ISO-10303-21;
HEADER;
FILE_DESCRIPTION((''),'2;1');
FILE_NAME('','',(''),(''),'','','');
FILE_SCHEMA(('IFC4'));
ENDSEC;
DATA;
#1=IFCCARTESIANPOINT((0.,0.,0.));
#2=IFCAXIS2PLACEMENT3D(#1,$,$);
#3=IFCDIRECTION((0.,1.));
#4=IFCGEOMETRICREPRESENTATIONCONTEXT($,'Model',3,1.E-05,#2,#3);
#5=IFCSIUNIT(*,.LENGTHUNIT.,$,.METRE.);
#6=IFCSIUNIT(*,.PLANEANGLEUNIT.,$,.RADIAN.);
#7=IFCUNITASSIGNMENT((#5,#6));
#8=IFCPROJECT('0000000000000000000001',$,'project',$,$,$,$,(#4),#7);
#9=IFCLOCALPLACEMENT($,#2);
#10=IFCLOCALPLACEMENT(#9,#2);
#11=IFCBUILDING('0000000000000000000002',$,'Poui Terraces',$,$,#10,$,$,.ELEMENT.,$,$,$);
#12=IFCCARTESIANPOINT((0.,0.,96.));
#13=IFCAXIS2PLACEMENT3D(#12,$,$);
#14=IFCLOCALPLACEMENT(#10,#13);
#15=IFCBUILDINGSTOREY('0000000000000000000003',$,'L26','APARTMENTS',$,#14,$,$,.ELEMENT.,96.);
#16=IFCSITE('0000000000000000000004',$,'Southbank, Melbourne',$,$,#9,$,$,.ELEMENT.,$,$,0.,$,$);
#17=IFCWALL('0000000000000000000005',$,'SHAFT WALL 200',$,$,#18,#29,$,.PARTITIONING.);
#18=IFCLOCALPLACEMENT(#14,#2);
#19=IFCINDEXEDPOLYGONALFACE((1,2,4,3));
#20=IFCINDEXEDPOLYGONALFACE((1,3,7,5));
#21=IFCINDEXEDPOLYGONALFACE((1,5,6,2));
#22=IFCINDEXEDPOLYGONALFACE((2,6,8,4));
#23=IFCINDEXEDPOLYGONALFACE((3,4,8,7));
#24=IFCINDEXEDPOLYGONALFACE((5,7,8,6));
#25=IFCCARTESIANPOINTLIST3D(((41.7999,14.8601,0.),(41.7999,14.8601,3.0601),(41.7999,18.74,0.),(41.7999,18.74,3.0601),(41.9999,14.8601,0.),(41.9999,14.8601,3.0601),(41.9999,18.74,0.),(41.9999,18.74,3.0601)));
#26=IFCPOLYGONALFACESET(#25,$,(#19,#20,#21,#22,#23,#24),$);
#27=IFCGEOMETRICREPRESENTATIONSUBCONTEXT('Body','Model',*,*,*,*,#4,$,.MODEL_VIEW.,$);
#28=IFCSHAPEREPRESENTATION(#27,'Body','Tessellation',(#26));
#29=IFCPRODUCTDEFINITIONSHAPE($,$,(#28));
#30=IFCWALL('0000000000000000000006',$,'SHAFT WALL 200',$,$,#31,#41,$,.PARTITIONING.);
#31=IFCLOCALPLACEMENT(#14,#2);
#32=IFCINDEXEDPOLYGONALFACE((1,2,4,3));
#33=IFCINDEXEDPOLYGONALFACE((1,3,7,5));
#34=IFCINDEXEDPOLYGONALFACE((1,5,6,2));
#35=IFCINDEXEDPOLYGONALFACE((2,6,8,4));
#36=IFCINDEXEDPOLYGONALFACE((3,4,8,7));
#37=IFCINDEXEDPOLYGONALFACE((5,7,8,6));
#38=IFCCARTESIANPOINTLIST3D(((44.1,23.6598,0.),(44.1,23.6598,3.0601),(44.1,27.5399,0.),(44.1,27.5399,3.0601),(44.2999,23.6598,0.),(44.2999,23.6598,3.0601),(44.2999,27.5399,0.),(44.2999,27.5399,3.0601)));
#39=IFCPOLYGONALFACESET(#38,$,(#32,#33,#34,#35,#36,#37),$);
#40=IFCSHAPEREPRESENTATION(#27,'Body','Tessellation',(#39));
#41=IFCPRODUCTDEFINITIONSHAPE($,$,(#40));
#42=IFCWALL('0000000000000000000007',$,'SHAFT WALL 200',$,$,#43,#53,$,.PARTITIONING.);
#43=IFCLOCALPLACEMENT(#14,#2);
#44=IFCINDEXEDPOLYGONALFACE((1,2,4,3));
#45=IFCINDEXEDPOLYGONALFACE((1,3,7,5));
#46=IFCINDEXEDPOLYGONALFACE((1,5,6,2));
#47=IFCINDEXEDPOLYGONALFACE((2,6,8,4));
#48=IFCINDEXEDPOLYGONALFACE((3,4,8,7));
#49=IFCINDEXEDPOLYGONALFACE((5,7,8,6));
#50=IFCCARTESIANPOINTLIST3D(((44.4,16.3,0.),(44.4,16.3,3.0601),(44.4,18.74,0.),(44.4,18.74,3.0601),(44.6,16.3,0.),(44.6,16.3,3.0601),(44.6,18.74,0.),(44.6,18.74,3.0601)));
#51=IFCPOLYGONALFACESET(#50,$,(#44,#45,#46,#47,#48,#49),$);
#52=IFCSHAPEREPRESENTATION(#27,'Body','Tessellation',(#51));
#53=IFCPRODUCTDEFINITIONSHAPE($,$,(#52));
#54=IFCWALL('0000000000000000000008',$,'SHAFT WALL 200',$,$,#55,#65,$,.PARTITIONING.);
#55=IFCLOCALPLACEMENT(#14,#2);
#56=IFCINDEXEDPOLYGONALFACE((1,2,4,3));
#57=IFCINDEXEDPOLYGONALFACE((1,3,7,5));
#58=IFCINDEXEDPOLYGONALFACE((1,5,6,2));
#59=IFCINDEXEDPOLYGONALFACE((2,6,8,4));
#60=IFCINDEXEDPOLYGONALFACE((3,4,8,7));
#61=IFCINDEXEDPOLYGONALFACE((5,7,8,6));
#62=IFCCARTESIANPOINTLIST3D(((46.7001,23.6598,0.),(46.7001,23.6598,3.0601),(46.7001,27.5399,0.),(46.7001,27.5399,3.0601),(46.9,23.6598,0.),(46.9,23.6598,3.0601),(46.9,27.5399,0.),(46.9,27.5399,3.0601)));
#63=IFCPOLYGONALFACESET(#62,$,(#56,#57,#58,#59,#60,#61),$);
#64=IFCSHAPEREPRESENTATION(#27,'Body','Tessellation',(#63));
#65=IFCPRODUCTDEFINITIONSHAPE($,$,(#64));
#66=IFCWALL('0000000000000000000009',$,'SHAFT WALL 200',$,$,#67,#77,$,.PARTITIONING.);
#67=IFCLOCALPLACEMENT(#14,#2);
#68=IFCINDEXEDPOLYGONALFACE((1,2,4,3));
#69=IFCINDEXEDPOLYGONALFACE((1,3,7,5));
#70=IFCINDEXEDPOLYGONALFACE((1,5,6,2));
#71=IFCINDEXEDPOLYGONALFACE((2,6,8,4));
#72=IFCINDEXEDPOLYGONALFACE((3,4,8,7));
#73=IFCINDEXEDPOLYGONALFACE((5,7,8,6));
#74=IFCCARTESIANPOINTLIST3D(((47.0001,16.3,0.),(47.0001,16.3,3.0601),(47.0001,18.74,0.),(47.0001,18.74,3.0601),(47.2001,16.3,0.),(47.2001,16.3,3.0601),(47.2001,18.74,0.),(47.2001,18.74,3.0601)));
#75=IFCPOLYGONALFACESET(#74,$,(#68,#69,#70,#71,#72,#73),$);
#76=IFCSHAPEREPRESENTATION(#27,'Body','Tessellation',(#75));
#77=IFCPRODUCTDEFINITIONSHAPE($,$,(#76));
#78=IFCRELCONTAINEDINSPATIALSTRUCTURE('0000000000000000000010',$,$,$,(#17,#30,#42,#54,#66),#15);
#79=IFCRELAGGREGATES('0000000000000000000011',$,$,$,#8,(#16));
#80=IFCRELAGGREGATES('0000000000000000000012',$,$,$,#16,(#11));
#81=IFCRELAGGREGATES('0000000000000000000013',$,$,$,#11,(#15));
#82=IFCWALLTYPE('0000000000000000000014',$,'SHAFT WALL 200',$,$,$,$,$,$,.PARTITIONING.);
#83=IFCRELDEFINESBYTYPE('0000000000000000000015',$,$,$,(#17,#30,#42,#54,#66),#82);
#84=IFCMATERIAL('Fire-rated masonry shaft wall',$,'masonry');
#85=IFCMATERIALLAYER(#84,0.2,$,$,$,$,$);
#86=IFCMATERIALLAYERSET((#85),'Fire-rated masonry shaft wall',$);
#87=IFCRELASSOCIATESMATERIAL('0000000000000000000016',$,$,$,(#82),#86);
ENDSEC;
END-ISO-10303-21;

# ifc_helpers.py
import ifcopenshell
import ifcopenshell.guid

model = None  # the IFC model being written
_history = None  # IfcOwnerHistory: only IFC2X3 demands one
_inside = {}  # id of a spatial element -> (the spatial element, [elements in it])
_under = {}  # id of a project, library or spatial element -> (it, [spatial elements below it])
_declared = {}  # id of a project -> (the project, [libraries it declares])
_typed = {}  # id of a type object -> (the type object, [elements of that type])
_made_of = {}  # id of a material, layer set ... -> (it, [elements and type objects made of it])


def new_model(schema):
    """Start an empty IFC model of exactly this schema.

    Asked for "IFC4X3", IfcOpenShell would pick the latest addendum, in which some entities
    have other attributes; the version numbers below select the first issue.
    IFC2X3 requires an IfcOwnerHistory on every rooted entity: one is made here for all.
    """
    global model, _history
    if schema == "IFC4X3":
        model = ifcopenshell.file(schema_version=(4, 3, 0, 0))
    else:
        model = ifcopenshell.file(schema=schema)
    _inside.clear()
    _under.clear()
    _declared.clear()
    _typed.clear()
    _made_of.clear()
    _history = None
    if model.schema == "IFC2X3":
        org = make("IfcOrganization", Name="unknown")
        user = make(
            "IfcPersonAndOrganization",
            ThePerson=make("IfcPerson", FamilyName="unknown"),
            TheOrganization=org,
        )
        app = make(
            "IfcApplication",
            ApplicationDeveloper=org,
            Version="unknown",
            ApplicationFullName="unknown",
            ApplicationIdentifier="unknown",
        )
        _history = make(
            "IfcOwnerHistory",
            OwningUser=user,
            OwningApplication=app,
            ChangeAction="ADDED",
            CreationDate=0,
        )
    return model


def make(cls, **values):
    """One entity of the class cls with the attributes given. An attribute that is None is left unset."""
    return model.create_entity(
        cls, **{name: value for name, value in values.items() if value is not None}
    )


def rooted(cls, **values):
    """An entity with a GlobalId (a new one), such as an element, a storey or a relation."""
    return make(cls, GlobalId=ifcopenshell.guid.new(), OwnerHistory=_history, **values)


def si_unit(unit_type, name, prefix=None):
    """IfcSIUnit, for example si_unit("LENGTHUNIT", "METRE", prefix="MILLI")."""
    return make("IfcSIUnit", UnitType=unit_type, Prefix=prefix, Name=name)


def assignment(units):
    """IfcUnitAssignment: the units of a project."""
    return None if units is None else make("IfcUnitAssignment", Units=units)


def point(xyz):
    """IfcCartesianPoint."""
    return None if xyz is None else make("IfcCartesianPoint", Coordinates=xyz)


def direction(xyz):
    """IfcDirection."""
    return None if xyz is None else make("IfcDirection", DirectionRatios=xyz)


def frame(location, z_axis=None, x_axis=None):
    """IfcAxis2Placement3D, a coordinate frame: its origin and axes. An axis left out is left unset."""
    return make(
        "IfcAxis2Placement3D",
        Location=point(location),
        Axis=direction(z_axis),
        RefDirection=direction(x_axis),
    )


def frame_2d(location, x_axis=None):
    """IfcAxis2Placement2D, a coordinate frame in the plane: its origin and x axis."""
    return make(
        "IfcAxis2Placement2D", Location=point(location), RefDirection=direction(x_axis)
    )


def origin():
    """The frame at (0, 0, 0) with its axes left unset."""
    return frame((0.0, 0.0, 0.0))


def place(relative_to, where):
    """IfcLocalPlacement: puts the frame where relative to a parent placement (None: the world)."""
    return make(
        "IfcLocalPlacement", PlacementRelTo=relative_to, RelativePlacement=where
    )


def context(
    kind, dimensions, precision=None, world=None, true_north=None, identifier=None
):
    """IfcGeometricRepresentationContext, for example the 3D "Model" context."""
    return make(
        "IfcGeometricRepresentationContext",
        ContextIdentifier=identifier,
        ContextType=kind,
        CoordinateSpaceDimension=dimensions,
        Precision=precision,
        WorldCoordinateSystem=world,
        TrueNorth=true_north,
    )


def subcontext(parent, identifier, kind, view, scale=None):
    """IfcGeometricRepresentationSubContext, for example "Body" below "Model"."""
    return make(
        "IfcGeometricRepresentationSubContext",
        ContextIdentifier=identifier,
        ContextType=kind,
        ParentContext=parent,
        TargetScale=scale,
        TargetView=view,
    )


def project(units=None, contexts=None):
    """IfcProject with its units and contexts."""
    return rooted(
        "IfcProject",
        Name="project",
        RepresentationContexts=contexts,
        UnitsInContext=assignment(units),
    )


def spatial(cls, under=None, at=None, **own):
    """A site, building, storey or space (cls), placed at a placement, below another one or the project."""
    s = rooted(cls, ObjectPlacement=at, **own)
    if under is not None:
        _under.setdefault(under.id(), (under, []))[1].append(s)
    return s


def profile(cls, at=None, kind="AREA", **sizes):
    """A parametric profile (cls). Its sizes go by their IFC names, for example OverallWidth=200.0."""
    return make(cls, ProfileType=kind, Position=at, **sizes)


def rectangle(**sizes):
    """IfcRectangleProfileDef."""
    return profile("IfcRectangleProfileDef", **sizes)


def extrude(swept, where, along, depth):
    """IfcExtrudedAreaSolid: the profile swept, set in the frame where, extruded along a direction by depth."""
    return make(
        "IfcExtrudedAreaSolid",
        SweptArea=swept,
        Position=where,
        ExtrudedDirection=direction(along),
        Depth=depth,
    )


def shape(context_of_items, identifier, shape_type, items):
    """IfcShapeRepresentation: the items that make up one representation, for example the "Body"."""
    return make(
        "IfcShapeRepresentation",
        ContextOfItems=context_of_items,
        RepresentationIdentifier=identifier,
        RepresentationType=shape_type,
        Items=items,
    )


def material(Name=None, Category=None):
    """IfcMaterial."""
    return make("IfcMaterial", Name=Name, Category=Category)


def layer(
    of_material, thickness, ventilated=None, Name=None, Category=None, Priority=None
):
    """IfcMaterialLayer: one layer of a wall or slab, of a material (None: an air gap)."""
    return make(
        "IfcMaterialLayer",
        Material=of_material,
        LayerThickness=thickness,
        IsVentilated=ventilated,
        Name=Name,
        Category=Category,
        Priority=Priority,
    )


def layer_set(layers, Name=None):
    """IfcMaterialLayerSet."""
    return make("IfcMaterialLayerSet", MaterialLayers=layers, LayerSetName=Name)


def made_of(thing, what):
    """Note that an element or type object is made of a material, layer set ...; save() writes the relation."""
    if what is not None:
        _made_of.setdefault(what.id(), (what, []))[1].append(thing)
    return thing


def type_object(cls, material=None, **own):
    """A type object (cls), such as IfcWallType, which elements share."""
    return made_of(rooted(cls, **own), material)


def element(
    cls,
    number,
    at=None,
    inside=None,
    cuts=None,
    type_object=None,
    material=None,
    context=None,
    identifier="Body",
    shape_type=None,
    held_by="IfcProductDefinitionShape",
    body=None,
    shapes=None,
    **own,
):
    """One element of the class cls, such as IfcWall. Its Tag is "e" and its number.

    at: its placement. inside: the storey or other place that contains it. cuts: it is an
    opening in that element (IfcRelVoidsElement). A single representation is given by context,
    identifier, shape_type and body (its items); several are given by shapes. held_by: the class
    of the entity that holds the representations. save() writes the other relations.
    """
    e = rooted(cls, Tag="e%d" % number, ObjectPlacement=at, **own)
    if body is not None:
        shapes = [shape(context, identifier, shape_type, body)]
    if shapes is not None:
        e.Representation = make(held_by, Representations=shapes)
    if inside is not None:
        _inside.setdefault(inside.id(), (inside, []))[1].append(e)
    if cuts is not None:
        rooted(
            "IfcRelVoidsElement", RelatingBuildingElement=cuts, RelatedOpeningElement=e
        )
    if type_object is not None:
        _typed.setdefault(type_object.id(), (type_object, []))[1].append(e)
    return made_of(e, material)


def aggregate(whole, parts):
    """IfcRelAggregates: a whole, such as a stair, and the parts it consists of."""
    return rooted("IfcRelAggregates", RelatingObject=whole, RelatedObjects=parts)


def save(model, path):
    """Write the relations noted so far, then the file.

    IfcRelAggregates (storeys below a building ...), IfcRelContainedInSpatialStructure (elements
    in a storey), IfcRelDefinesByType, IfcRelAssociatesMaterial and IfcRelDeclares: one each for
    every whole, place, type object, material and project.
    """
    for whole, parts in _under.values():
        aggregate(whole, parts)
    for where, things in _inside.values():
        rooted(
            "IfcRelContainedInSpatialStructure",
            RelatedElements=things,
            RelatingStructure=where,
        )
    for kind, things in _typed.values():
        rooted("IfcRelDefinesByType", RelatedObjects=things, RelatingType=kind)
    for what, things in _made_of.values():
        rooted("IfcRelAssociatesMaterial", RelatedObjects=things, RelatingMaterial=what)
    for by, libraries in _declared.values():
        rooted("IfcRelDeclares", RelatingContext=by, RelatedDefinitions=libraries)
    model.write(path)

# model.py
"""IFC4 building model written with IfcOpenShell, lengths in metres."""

from ifc_helpers import new_model, si_unit, direction, frame, frame_2d, origin, place, context, subcontext, project, spatial, rectangle, extrude, material, layer, layer_set, type_object, element, save


model = new_model("IFC4")

# Units and contexts
model_context = context("Model", 3, precision=1e-05, world=origin(), true_north=direction((0.0, 1.0)))
body_context = subcontext(model_context, "Body", "Model", "MODEL_VIEW")
ifc_project = project(units=[si_unit("LENGTHUNIT", "METRE"), si_unit("PLANEANGLEUNIT", "RADIAN")], contexts=[model_context])

# Site, building, storey
site_placement = place(None, origin())
site = spatial("IfcSite", under=ifc_project, at=site_placement, Name="Southbank, Melbourne", CompositionType="ELEMENT", RefElevation=0.0)
building_placement = place(site_placement, origin())
building = spatial("IfcBuilding", under=site, at=building_placement, Name="Poui Terraces", CompositionType="ELEMENT")
storey_placement = place(building_placement, frame((0.0, 0.0, 96.0)))
storey = spatial("IfcBuildingStorey", under=building, at=storey_placement, Name="L26", Description="APARTMENTS", CompositionType="ELEMENT", Elevation=96.0)

# Shared definitions
ifc_material_1 = material(Name="Fire-rated masonry shaft wall", Category="masonry")
ifc_layer_1 = layer(ifc_material_1, 0.2)
ifc_layer_set_1 = layer_set([ifc_layer_1], Name="Fire-rated masonry shaft wall")
wall_type_1 = type_object("IfcWallType", Name="SHAFT WALL 200", PredefinedType="PARTITIONING", material=ifc_layer_set_1)

# Walls
wall_1_placement = place(storey_placement, frame((41.8999, 14.8601, 0.0), z_axis=(0.0, 0.0, 1.0), x_axis=(0.0, 1.0, 0.0)))
element("IfcWall", 1, at=wall_1_placement, inside=storey, type_object=wall_type_1, Name="SHAFT WALL 200", PredefinedType="PARTITIONING", context=body_context, shape_type="SweptSolid", body=[
    extrude(rectangle(XDim=3.8799, YDim=0.2, at=frame_2d((1.9399, 0.0))), origin(), (0.0, 0.0, 1.0), 3.0601),
])
wall_2_placement = place(storey_placement, frame((44.2, 23.6599, 0.0), z_axis=(0.0, 0.0, 1.0), x_axis=(0.0, 1.0, 0.0)))
element("IfcWall", 2, at=wall_2_placement, inside=storey, type_object=wall_type_1, Name="SHAFT WALL 200", PredefinedType="PARTITIONING", context=body_context, shape_type="SweptSolid", body=[
    extrude(rectangle(XDim=3.8801, YDim=0.2, at=frame_2d((1.9399, 0.0))), origin(), (0.0, 0.0, 1.0), 3.0601),
])
wall_3_placement = place(storey_placement, frame((44.5, 16.3, 0.0), z_axis=(0.0, 0.0, 1.0), x_axis=(0.0, 1.0, 0.0)))
element("IfcWall", 3, at=wall_3_placement, inside=storey, type_object=wall_type_1, Name="SHAFT WALL 200", PredefinedType="PARTITIONING", context=body_context, shape_type="SweptSolid", body=[
    extrude(rectangle(XDim=2.4399, YDim=0.2, at=frame_2d((1.22, 0.0))), origin(), (0.0, 0.0, 1.0), 3.0601),
])
wall_4_placement = place(storey_placement, frame((46.8, 23.6599, 0.0), z_axis=(0.0, 0.0, 1.0), x_axis=(0.0, 1.0, 0.0)))
element("IfcWall", 4, at=wall_4_placement, inside=storey, type_object=wall_type_1, Name="SHAFT WALL 200", PredefinedType="PARTITIONING", context=body_context, shape_type="SweptSolid", body=[
    extrude(rectangle(XDim=3.8801, YDim=0.2, at=frame_2d((1.9399, 0.0))), origin(), (0.0, 0.0, 1.0), 3.0601),
])
wall_5_placement = place(storey_placement, frame((47.1001, 16.3, 0.0), z_axis=(0.0, 0.0, 1.0), x_axis=(0.0, 1.0, 0.0)))
element("IfcWall", 5, at=wall_5_placement, inside=storey, type_object=wall_type_1, Name="SHAFT WALL 200", PredefinedType="PARTITIONING", context=body_context, shape_type="SweptSolid", body=[
    extrude(rectangle(XDim=2.4399, YDim=0.2, at=frame_2d((1.22, 0.0))), origin(), (0.0, 0.0, 1.0), 3.0601),
])

save(model, "model.ifc")
